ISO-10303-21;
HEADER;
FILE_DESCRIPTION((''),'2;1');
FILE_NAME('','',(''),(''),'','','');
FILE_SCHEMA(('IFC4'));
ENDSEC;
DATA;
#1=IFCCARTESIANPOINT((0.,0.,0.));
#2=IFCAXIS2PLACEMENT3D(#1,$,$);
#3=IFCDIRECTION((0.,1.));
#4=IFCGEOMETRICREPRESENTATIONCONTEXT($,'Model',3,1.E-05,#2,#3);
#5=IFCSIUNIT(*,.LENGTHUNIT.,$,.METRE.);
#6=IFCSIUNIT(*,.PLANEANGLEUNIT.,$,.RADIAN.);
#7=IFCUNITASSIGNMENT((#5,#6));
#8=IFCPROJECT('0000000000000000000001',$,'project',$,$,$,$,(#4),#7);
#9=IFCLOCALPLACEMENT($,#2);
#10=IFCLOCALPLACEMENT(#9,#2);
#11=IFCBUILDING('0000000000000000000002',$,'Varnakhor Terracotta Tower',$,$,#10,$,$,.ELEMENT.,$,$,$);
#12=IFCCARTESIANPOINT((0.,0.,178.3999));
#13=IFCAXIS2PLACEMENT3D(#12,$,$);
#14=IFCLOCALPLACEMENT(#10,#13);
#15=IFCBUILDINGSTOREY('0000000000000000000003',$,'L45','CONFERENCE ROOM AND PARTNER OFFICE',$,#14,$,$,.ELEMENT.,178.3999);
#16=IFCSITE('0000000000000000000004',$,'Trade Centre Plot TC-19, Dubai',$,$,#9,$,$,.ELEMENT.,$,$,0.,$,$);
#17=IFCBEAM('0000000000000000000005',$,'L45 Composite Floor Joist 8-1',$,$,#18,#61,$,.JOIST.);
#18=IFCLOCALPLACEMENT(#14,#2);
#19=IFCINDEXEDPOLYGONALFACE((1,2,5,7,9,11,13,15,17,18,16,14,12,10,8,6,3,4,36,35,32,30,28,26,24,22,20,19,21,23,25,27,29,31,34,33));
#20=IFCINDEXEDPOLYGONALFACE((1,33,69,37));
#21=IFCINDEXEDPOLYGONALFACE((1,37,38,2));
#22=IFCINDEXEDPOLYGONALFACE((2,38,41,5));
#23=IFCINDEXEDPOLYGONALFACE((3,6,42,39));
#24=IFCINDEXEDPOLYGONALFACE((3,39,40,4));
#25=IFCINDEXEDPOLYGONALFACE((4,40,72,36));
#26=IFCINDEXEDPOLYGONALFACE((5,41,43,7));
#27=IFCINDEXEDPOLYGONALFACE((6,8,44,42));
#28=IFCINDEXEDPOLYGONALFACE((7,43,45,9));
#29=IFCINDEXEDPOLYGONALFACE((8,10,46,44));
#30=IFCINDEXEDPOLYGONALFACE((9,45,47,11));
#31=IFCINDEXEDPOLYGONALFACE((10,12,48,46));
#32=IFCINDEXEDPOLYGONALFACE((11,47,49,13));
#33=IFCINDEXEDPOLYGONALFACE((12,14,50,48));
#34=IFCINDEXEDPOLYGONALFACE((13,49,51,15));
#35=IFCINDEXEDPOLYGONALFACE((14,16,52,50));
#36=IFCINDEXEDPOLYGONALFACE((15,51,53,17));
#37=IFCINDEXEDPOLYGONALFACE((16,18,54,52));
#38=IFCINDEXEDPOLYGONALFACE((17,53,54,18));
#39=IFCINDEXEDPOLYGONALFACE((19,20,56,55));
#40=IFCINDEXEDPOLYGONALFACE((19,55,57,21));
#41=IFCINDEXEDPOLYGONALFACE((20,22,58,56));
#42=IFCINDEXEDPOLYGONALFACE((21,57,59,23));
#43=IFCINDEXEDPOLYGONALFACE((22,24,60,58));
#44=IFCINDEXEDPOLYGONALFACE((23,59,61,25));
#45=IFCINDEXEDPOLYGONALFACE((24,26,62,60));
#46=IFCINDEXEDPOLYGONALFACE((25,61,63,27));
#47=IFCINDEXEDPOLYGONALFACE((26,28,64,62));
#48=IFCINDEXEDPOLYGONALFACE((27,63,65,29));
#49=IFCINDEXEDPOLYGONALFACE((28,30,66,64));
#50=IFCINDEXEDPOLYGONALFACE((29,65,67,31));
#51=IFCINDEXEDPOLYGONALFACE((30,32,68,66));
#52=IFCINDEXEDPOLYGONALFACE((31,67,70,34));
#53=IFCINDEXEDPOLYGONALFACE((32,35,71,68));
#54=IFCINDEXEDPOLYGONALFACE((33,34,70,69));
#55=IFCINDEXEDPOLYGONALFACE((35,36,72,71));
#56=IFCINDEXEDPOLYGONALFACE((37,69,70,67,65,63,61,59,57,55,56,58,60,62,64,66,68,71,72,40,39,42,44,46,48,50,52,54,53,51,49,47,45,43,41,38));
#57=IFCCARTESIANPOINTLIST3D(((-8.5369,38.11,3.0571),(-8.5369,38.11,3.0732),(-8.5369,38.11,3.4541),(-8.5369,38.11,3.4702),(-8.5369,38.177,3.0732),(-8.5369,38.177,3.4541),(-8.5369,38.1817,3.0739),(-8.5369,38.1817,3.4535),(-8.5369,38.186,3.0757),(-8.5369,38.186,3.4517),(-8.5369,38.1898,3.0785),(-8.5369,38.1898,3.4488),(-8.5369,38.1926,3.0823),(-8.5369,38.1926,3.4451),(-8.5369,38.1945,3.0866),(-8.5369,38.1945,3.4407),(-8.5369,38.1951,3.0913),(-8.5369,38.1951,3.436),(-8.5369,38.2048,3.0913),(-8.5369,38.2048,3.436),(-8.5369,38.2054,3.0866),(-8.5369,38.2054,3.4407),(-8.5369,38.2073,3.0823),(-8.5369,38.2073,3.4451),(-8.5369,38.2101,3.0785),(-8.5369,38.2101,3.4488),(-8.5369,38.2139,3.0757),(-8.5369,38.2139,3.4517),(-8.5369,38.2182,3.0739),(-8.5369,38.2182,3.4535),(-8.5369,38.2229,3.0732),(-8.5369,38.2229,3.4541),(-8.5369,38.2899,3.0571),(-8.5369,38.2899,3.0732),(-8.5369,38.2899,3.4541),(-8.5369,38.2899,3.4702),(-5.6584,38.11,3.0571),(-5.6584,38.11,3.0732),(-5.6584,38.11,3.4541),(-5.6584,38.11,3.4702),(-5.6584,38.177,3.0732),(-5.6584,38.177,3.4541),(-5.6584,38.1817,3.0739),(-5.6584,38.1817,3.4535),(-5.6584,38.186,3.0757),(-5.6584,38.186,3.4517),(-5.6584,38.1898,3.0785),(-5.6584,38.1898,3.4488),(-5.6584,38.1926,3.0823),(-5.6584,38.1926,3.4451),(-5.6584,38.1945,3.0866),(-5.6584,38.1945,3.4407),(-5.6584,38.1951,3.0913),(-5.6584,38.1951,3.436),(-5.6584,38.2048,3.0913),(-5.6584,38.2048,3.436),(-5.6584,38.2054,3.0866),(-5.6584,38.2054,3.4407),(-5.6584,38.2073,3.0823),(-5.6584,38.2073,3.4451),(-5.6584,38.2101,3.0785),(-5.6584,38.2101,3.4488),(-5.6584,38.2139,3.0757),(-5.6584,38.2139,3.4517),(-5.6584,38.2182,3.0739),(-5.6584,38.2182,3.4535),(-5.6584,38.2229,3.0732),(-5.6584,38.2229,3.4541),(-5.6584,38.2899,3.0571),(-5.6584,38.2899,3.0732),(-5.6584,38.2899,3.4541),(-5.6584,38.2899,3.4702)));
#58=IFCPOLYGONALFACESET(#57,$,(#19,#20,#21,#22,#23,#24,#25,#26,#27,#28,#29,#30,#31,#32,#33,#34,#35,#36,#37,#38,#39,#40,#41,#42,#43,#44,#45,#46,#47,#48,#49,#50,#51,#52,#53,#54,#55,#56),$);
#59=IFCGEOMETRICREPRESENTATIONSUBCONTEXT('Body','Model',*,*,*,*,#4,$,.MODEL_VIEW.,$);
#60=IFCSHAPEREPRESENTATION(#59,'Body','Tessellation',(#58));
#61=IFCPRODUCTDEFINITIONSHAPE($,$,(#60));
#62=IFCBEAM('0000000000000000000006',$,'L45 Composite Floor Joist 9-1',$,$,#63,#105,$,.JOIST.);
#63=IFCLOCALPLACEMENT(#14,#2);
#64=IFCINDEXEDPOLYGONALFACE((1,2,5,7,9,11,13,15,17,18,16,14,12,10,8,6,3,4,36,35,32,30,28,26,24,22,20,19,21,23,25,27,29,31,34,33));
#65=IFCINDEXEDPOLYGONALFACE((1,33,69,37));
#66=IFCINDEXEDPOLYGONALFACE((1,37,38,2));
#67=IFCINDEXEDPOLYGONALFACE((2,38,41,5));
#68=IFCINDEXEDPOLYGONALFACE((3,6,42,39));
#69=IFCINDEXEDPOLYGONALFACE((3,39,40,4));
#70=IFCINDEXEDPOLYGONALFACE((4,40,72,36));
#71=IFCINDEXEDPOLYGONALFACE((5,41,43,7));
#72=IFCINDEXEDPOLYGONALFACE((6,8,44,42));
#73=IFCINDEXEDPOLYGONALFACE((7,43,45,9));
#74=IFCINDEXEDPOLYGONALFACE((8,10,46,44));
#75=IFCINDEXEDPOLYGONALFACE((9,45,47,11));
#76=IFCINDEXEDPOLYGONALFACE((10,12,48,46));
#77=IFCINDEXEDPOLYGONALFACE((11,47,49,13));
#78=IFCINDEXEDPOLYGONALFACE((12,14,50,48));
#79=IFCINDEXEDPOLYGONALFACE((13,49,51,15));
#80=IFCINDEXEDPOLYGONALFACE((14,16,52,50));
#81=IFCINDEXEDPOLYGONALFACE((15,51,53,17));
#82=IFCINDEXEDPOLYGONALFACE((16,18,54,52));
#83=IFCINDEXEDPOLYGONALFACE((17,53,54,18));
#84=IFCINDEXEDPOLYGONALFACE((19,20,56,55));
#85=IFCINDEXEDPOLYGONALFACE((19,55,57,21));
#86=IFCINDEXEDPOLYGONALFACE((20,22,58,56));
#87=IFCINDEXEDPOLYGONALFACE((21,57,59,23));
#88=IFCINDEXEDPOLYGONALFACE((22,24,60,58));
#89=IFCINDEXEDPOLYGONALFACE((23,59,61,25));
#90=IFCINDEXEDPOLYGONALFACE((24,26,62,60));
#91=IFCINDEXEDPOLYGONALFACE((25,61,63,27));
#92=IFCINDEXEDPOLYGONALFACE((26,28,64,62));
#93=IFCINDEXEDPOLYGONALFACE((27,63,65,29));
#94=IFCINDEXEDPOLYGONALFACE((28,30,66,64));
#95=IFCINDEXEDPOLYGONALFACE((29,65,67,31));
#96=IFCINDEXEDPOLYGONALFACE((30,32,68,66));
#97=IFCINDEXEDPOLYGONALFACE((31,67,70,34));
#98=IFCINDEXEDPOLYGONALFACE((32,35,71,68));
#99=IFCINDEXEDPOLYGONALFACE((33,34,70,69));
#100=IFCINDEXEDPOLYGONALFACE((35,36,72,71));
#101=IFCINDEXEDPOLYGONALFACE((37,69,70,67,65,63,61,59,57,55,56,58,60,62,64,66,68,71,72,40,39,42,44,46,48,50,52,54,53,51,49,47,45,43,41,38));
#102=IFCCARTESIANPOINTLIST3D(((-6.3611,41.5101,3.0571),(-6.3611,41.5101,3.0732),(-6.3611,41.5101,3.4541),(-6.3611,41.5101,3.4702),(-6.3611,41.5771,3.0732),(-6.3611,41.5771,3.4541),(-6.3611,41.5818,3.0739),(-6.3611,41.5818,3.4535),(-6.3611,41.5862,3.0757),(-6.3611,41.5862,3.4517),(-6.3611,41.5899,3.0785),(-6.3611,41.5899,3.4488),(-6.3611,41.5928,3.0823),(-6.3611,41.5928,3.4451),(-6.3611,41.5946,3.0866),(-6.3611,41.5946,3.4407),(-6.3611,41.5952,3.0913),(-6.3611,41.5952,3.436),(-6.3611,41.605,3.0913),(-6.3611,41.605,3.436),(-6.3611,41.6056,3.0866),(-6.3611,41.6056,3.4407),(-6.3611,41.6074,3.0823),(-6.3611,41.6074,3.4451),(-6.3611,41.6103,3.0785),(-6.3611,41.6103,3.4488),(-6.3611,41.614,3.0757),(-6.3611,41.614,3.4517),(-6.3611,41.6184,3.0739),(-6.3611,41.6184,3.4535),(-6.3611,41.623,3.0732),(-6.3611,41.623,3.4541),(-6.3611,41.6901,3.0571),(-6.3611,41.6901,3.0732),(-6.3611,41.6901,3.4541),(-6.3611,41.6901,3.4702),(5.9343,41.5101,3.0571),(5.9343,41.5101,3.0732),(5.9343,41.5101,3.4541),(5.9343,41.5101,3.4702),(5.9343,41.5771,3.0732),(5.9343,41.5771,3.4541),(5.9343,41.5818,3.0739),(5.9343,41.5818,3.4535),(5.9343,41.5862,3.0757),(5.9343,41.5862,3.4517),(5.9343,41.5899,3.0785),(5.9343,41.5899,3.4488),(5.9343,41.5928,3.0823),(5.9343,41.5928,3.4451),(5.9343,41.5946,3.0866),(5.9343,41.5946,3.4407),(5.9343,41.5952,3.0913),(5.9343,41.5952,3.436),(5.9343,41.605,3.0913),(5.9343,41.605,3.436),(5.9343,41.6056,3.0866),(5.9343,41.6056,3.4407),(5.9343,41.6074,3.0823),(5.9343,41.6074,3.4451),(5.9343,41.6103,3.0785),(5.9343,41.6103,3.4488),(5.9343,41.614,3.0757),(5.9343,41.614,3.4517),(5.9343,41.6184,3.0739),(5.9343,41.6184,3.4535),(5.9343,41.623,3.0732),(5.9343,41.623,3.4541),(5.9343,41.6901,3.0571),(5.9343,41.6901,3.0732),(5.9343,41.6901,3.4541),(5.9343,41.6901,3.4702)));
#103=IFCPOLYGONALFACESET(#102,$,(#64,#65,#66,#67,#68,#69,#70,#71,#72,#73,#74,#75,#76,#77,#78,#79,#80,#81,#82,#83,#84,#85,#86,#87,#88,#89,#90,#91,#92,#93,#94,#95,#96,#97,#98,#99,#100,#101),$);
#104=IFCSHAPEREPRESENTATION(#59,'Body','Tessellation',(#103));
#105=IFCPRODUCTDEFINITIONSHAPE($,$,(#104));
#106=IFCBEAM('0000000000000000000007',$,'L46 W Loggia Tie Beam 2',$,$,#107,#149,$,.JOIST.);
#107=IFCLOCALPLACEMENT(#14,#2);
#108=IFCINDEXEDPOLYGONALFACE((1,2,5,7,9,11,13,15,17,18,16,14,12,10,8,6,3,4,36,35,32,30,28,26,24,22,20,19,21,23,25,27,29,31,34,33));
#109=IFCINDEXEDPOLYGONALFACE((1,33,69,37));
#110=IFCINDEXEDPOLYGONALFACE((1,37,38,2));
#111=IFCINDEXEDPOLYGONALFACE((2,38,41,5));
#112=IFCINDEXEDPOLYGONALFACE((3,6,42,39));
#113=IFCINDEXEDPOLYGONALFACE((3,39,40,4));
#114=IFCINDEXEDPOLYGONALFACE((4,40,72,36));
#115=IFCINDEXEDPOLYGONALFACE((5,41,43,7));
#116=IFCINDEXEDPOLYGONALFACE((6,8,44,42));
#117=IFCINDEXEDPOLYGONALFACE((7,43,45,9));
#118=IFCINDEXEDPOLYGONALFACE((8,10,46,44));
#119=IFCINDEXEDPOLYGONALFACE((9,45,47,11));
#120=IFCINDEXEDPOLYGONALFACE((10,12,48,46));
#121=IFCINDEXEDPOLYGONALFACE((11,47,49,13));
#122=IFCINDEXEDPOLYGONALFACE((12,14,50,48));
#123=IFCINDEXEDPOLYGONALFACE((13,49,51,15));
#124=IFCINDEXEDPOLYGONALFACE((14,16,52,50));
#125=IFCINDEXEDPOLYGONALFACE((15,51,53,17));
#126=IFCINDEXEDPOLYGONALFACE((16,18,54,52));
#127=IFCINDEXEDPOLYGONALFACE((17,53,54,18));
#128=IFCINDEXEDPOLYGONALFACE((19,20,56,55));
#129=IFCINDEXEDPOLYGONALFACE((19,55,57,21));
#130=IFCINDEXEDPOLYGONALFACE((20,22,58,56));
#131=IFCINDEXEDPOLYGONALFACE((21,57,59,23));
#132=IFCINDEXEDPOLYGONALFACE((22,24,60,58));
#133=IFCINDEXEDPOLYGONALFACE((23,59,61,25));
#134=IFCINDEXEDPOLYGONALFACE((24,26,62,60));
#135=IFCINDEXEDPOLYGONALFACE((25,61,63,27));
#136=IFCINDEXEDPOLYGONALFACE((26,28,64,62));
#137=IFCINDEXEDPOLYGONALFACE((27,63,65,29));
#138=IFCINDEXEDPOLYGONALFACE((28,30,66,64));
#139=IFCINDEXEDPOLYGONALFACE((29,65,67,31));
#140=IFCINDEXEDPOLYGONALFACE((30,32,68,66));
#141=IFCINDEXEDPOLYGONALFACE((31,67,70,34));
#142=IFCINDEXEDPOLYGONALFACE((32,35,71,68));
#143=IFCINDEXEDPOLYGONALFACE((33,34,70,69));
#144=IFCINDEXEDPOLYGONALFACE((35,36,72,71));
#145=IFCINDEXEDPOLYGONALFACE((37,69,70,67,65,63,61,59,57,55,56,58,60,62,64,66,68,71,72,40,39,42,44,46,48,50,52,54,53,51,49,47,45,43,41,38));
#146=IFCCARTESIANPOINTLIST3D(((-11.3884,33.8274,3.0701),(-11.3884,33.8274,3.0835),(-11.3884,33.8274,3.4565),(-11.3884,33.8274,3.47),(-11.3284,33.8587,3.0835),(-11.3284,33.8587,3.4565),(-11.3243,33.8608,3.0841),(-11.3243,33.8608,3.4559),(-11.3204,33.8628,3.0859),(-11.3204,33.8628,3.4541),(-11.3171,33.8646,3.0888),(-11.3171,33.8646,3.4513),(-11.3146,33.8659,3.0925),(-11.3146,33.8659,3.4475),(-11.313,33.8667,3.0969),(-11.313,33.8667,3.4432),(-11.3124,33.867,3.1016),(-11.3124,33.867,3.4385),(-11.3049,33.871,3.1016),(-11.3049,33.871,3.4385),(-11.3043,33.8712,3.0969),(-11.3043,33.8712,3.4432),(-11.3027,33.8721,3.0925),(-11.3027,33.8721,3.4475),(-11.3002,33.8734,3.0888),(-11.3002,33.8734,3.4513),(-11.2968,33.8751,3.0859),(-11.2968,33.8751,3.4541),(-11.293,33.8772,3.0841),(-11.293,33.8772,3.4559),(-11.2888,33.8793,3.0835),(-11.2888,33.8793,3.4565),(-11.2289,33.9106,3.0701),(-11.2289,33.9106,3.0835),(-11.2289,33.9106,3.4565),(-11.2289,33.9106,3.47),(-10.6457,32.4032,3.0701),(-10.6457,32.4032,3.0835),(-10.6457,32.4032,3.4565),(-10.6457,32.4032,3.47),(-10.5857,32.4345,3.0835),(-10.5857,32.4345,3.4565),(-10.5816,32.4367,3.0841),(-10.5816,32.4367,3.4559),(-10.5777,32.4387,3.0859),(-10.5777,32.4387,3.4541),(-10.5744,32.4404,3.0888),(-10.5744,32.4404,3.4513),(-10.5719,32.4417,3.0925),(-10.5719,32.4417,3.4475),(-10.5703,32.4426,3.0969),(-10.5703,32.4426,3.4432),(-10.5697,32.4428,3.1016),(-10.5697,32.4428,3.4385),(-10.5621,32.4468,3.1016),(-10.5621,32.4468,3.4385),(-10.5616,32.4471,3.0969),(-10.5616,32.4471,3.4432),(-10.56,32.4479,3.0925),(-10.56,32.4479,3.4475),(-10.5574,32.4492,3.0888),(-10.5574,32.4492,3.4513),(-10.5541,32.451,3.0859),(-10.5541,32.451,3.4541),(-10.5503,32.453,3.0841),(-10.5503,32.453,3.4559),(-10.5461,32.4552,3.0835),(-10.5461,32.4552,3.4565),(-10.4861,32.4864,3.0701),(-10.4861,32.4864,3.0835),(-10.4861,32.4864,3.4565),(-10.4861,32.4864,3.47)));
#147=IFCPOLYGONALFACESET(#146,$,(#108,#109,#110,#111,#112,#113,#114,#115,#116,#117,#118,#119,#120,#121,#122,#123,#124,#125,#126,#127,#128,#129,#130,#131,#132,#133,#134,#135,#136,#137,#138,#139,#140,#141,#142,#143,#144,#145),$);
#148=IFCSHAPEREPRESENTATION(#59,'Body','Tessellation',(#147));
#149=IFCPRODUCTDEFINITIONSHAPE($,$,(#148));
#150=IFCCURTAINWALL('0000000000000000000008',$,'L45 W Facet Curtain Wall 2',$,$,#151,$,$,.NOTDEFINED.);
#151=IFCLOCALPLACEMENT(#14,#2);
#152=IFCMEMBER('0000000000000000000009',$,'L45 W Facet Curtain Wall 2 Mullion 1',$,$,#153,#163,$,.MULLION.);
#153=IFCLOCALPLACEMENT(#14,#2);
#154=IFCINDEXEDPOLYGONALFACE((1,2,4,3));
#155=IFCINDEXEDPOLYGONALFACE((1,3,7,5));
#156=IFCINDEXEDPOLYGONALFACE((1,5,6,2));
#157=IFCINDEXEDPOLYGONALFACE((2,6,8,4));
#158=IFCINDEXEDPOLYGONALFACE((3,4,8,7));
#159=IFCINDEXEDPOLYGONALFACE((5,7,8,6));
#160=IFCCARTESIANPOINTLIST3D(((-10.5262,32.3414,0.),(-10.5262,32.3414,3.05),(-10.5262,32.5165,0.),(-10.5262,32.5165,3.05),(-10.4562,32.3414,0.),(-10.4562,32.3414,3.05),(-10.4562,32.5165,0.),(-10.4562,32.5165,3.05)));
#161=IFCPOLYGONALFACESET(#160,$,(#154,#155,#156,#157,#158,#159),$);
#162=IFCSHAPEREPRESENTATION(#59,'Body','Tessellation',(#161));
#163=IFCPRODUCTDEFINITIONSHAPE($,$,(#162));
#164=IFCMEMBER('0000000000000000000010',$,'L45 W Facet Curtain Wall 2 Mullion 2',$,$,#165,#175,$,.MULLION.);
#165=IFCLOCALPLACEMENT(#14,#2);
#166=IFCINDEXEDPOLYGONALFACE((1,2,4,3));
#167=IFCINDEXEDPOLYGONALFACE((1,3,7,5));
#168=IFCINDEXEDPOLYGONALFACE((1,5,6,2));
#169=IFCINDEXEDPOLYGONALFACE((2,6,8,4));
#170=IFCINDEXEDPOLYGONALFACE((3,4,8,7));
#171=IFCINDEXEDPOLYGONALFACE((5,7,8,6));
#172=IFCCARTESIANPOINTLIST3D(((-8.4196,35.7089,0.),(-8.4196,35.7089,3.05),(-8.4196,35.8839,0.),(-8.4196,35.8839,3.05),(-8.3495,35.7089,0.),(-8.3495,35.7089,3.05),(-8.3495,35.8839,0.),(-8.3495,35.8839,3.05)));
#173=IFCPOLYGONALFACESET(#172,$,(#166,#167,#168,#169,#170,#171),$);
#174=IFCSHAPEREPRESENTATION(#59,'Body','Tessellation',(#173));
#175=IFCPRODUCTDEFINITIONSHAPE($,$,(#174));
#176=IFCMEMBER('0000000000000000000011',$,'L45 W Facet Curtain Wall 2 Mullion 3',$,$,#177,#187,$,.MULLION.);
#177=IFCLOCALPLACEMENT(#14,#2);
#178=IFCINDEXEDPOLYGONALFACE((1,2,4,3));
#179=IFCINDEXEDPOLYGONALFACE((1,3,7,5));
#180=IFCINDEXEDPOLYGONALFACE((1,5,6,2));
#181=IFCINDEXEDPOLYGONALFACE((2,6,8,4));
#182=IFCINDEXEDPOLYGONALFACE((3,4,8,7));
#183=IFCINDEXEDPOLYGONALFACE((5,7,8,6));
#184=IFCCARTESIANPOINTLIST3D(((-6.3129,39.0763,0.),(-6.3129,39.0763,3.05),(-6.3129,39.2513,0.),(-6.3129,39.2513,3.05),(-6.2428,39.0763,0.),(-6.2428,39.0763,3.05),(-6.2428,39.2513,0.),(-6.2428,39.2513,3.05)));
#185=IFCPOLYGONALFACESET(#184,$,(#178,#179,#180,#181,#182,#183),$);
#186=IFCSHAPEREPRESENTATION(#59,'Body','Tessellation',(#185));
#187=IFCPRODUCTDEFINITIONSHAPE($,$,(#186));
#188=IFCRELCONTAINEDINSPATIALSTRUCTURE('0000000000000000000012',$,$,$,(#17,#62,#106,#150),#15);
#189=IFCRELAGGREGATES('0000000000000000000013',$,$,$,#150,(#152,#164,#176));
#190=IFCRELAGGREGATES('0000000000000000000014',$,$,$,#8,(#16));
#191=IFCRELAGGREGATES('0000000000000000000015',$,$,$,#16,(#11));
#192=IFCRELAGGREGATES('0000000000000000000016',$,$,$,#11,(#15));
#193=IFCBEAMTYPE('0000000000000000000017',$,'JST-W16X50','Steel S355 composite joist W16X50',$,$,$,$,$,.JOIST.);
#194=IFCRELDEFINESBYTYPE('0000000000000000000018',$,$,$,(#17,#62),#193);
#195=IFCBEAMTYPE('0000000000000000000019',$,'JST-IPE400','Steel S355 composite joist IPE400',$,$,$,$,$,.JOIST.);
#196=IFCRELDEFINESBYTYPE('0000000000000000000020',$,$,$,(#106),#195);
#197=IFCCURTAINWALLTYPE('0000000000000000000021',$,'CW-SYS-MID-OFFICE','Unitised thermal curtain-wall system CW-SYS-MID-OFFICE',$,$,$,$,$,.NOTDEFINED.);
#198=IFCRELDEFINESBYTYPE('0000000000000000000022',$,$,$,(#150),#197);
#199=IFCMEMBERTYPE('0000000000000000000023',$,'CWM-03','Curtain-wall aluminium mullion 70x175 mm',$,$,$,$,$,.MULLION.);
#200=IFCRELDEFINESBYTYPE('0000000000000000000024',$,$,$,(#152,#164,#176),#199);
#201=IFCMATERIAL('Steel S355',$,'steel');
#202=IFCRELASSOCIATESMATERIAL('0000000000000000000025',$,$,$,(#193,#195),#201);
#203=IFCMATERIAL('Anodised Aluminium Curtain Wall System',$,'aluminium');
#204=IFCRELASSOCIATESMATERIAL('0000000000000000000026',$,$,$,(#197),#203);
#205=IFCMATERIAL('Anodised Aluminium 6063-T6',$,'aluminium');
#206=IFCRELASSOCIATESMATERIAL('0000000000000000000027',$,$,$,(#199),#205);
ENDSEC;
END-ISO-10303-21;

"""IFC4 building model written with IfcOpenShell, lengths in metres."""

from ifc_helpers import new_model, si_unit, direction, frame, origin, origin_2d, place, context, subcontext, project, spatial, rectangle, i_section, extrude, source, transform, mapped, material, material_profile, profile_set, type_object, element, aggregate, save


model = new_model("IFC4")

# Units and contexts
model_context = context("Model", 3, precision=1e-05, world=origin(), true_north=direction((0.0, 1.0)))
body_context = subcontext(model_context, "Body", "Model", "MODEL_VIEW")
ifc_project = project(units=[si_unit("LENGTHUNIT", "METRE"), si_unit("PLANEANGLEUNIT", "RADIAN")], contexts=[model_context])

# Site, building, storey
site_placement = place(None, origin())
site = spatial("IfcSite", under=ifc_project, at=site_placement, Name="Trade Centre Plot TC-19, Dubai", CompositionType="ELEMENT", RefElevation=0.0)
building_placement = place(site_placement, origin())
building = spatial("IfcBuilding", under=site, at=building_placement, Name="Varnakhor Terracotta Tower", CompositionType="ELEMENT")
storey_placement = place(building_placement, frame((0.0, 0.0, 178.3999)))
storey = spatial("IfcBuildingStorey", under=building, at=storey_placement, Name="L45", Description="CONFERENCE ROOM AND PARTNER OFFICE", CompositionType="ELEMENT", Elevation=178.3999)

# Beams
ifc_material_1 = material(Name="Steel S355", Category="steel")
ifc_material_profile_1 = material_profile(ifc_material_1, i_section(OverallWidth=0.1799, OverallDepth=0.4131, WebThickness=0.0098, FlangeThickness=0.0161, FilletRadius=0.0181, at=origin_2d()), Name="W16X50")
ifc_profile_set_1 = profile_set([ifc_material_profile_1], Name="Steel S355")
beam_type_1 = type_object("IfcBeamType", Name="JST-W16X50", Description="Steel S355 composite joist W16X50", PredefinedType="JOIST", material=ifc_profile_set_1)
ifc_material_profile_2 = material_profile(ifc_material_1, i_section(OverallWidth=0.1799, OverallDepth=0.3999, WebThickness=0.0085, FlangeThickness=0.0134, FilletRadius=0.0181, at=origin_2d()), Name="IPE400")
ifc_profile_set_2 = profile_set([ifc_material_profile_2], Name="Steel S355")
beam_type_2 = type_object("IfcBeamType", Name="JST-IPE400", Description="Steel S355 composite joist IPE400", PredefinedType="JOIST", material=ifc_profile_set_2)
shared_shape_1 = source(origin(), body_context, "Body", "SweptSolid", [
    extrude(i_section(OverallWidth=0.1799, OverallDepth=0.4131, WebThickness=0.0098, FlangeThickness=0.0161, FilletRadius=0.0181, at=origin_2d()), origin(), (0.0, 0.0, 1.0), 2.8784),
])
beam_1_placement = place(storey_placement, frame((-8.5369, 38.2, 3.2637), z_axis=(1.0, 0.0, 0.0), x_axis=(0.0, 1.0, 0.0)))
element("IfcBeam", 1, at=beam_1_placement, inside=storey, type_object=beam_type_1, Name="L45 Composite Floor Joist 8-1", PredefinedType="JOIST", context=body_context, shape_type="MappedRepresentation", body=[
    mapped(shared_shape_1, transform((0.0, 0.0, 0.0), scale=1.0)),
])
shared_shape_2 = source(origin(), body_context, "Body", "SweptSolid", [
    extrude(i_section(OverallWidth=0.1799, OverallDepth=0.4131, WebThickness=0.0098, FlangeThickness=0.0161, FilletRadius=0.0181, at=origin_2d()), origin(), (0.0, 0.0, 1.0), 12.2954),
])
beam_2_placement = place(storey_placement, frame((-6.3611, 41.6001, 3.2637), z_axis=(1.0, 0.0, 0.0), x_axis=(0.0, 1.0, 0.0)))
element("IfcBeam", 2, at=beam_2_placement, inside=storey, type_object=beam_type_1, Name="L45 Composite Floor Joist 9-1", PredefinedType="JOIST", context=body_context, shape_type="MappedRepresentation", body=[
    mapped(shared_shape_2, transform((0.0, 0.0, 0.0), scale=1.0)),
])
shared_shape_3 = source(origin(), body_context, "Body", "SweptSolid", [
    extrude(i_section(OverallWidth=0.1799, OverallDepth=0.3999, WebThickness=0.0085, FlangeThickness=0.0134, FilletRadius=0.0181, at=origin_2d()), origin(), (0.0, 0.0, 1.0), 1.6062),
])
beam_3_placement = place(storey_placement, frame((-10.5659, 32.4448, 3.27), z_axis=(-0.46241, 0.886666, 0.0), x_axis=(-0.886666, -0.46241, 0.0)))
element("IfcBeam", 3, at=beam_3_placement, inside=storey, type_object=beam_type_2, Name="L46 W Loggia Tie Beam 2", PredefinedType="JOIST", context=body_context, shape_type="MappedRepresentation", body=[
    mapped(shared_shape_3, transform((0.0, 0.0, 0.0), scale=1.0)),
])

# Curtain wall, members
ifc_material_2 = material(Name="Anodised Aluminium Curtain Wall System", Category="aluminium")
curtain_wall_type = type_object("IfcCurtainWallType", Name="CW-SYS-MID-OFFICE", Description="Unitised thermal curtain-wall system CW-SYS-MID-OFFICE", PredefinedType="NOTDEFINED", material=ifc_material_2)
curtain_wall_1_placement = place(storey_placement, origin())
curtain_wall_1 = element("IfcCurtainWall", 4, at=curtain_wall_1_placement, inside=storey, type_object=curtain_wall_type, Name="L45 W Facet Curtain Wall 2", PredefinedType="NOTDEFINED")
ifc_material_3 = material(Name="Anodised Aluminium 6063-T6", Category="aluminium")
ifc_material_profile_3 = material_profile(ifc_material_3, rectangle(XDim=0.0701, YDim=0.175, at=origin_2d()), Name="ALU MULLION 70x175")
ifc_profile_set_3 = profile_set([ifc_material_profile_3], Name="Anodised Aluminium 6063-T6")
member_type_1 = type_object("IfcMemberType", Name="CWM-03", Description="Curtain-wall aluminium mullion 70x175 mm", PredefinedType="MULLION", material=ifc_profile_set_3)
shared_shape_4 = source(origin(), body_context, "Body", "SweptSolid", [
    extrude(rectangle(XDim=0.0701, YDim=0.175, at=origin_2d()), origin(), (0.0, 0.0, 1.0), 3.05),
])
member_1_placement = place(storey_placement, frame((-10.4912, 32.429, 0.0), z_axis=(0.0, 0.0, 1.0), x_axis=(1.0, 0.0, 0.0)))
member_1 = element("IfcMember", 5, at=member_1_placement, type_object=member_type_1, Name="L45 W Facet Curtain Wall 2 Mullion 1", PredefinedType="MULLION", context=body_context, shape_type="MappedRepresentation", body=[
    mapped(shared_shape_4, transform((0.0, 0.0, 0.0), scale=1.0)),
])
member_2_placement = place(storey_placement, frame((-8.3845, 35.7964, 0.0), z_axis=(0.0, 0.0, 1.0), x_axis=(1.0, 0.0, 0.0)))
member_2 = element("IfcMember", 6, at=member_2_placement, type_object=member_type_1, Name="L45 W Facet Curtain Wall 2 Mullion 2", PredefinedType="MULLION", context=body_context, shape_type="MappedRepresentation", body=[
    mapped(shared_shape_4, transform((0.0, 0.0, 0.0), scale=1.0)),
])
member_3_placement = place(storey_placement, frame((-6.2778, 39.1638, 0.0), z_axis=(0.0, 0.0, 1.0), x_axis=(1.0, 0.0, 0.0)))
member_3 = element("IfcMember", 7, at=member_3_placement, type_object=member_type_1, Name="L45 W Facet Curtain Wall 2 Mullion 3", PredefinedType="MULLION", context=body_context, shape_type="MappedRepresentation", body=[
    mapped(shared_shape_4, transform((0.0, 0.0, 0.0), scale=1.0)),
])

aggregate(curtain_wall_1, [member_1, member_2, member_3])

save(model, "model.ifc")
